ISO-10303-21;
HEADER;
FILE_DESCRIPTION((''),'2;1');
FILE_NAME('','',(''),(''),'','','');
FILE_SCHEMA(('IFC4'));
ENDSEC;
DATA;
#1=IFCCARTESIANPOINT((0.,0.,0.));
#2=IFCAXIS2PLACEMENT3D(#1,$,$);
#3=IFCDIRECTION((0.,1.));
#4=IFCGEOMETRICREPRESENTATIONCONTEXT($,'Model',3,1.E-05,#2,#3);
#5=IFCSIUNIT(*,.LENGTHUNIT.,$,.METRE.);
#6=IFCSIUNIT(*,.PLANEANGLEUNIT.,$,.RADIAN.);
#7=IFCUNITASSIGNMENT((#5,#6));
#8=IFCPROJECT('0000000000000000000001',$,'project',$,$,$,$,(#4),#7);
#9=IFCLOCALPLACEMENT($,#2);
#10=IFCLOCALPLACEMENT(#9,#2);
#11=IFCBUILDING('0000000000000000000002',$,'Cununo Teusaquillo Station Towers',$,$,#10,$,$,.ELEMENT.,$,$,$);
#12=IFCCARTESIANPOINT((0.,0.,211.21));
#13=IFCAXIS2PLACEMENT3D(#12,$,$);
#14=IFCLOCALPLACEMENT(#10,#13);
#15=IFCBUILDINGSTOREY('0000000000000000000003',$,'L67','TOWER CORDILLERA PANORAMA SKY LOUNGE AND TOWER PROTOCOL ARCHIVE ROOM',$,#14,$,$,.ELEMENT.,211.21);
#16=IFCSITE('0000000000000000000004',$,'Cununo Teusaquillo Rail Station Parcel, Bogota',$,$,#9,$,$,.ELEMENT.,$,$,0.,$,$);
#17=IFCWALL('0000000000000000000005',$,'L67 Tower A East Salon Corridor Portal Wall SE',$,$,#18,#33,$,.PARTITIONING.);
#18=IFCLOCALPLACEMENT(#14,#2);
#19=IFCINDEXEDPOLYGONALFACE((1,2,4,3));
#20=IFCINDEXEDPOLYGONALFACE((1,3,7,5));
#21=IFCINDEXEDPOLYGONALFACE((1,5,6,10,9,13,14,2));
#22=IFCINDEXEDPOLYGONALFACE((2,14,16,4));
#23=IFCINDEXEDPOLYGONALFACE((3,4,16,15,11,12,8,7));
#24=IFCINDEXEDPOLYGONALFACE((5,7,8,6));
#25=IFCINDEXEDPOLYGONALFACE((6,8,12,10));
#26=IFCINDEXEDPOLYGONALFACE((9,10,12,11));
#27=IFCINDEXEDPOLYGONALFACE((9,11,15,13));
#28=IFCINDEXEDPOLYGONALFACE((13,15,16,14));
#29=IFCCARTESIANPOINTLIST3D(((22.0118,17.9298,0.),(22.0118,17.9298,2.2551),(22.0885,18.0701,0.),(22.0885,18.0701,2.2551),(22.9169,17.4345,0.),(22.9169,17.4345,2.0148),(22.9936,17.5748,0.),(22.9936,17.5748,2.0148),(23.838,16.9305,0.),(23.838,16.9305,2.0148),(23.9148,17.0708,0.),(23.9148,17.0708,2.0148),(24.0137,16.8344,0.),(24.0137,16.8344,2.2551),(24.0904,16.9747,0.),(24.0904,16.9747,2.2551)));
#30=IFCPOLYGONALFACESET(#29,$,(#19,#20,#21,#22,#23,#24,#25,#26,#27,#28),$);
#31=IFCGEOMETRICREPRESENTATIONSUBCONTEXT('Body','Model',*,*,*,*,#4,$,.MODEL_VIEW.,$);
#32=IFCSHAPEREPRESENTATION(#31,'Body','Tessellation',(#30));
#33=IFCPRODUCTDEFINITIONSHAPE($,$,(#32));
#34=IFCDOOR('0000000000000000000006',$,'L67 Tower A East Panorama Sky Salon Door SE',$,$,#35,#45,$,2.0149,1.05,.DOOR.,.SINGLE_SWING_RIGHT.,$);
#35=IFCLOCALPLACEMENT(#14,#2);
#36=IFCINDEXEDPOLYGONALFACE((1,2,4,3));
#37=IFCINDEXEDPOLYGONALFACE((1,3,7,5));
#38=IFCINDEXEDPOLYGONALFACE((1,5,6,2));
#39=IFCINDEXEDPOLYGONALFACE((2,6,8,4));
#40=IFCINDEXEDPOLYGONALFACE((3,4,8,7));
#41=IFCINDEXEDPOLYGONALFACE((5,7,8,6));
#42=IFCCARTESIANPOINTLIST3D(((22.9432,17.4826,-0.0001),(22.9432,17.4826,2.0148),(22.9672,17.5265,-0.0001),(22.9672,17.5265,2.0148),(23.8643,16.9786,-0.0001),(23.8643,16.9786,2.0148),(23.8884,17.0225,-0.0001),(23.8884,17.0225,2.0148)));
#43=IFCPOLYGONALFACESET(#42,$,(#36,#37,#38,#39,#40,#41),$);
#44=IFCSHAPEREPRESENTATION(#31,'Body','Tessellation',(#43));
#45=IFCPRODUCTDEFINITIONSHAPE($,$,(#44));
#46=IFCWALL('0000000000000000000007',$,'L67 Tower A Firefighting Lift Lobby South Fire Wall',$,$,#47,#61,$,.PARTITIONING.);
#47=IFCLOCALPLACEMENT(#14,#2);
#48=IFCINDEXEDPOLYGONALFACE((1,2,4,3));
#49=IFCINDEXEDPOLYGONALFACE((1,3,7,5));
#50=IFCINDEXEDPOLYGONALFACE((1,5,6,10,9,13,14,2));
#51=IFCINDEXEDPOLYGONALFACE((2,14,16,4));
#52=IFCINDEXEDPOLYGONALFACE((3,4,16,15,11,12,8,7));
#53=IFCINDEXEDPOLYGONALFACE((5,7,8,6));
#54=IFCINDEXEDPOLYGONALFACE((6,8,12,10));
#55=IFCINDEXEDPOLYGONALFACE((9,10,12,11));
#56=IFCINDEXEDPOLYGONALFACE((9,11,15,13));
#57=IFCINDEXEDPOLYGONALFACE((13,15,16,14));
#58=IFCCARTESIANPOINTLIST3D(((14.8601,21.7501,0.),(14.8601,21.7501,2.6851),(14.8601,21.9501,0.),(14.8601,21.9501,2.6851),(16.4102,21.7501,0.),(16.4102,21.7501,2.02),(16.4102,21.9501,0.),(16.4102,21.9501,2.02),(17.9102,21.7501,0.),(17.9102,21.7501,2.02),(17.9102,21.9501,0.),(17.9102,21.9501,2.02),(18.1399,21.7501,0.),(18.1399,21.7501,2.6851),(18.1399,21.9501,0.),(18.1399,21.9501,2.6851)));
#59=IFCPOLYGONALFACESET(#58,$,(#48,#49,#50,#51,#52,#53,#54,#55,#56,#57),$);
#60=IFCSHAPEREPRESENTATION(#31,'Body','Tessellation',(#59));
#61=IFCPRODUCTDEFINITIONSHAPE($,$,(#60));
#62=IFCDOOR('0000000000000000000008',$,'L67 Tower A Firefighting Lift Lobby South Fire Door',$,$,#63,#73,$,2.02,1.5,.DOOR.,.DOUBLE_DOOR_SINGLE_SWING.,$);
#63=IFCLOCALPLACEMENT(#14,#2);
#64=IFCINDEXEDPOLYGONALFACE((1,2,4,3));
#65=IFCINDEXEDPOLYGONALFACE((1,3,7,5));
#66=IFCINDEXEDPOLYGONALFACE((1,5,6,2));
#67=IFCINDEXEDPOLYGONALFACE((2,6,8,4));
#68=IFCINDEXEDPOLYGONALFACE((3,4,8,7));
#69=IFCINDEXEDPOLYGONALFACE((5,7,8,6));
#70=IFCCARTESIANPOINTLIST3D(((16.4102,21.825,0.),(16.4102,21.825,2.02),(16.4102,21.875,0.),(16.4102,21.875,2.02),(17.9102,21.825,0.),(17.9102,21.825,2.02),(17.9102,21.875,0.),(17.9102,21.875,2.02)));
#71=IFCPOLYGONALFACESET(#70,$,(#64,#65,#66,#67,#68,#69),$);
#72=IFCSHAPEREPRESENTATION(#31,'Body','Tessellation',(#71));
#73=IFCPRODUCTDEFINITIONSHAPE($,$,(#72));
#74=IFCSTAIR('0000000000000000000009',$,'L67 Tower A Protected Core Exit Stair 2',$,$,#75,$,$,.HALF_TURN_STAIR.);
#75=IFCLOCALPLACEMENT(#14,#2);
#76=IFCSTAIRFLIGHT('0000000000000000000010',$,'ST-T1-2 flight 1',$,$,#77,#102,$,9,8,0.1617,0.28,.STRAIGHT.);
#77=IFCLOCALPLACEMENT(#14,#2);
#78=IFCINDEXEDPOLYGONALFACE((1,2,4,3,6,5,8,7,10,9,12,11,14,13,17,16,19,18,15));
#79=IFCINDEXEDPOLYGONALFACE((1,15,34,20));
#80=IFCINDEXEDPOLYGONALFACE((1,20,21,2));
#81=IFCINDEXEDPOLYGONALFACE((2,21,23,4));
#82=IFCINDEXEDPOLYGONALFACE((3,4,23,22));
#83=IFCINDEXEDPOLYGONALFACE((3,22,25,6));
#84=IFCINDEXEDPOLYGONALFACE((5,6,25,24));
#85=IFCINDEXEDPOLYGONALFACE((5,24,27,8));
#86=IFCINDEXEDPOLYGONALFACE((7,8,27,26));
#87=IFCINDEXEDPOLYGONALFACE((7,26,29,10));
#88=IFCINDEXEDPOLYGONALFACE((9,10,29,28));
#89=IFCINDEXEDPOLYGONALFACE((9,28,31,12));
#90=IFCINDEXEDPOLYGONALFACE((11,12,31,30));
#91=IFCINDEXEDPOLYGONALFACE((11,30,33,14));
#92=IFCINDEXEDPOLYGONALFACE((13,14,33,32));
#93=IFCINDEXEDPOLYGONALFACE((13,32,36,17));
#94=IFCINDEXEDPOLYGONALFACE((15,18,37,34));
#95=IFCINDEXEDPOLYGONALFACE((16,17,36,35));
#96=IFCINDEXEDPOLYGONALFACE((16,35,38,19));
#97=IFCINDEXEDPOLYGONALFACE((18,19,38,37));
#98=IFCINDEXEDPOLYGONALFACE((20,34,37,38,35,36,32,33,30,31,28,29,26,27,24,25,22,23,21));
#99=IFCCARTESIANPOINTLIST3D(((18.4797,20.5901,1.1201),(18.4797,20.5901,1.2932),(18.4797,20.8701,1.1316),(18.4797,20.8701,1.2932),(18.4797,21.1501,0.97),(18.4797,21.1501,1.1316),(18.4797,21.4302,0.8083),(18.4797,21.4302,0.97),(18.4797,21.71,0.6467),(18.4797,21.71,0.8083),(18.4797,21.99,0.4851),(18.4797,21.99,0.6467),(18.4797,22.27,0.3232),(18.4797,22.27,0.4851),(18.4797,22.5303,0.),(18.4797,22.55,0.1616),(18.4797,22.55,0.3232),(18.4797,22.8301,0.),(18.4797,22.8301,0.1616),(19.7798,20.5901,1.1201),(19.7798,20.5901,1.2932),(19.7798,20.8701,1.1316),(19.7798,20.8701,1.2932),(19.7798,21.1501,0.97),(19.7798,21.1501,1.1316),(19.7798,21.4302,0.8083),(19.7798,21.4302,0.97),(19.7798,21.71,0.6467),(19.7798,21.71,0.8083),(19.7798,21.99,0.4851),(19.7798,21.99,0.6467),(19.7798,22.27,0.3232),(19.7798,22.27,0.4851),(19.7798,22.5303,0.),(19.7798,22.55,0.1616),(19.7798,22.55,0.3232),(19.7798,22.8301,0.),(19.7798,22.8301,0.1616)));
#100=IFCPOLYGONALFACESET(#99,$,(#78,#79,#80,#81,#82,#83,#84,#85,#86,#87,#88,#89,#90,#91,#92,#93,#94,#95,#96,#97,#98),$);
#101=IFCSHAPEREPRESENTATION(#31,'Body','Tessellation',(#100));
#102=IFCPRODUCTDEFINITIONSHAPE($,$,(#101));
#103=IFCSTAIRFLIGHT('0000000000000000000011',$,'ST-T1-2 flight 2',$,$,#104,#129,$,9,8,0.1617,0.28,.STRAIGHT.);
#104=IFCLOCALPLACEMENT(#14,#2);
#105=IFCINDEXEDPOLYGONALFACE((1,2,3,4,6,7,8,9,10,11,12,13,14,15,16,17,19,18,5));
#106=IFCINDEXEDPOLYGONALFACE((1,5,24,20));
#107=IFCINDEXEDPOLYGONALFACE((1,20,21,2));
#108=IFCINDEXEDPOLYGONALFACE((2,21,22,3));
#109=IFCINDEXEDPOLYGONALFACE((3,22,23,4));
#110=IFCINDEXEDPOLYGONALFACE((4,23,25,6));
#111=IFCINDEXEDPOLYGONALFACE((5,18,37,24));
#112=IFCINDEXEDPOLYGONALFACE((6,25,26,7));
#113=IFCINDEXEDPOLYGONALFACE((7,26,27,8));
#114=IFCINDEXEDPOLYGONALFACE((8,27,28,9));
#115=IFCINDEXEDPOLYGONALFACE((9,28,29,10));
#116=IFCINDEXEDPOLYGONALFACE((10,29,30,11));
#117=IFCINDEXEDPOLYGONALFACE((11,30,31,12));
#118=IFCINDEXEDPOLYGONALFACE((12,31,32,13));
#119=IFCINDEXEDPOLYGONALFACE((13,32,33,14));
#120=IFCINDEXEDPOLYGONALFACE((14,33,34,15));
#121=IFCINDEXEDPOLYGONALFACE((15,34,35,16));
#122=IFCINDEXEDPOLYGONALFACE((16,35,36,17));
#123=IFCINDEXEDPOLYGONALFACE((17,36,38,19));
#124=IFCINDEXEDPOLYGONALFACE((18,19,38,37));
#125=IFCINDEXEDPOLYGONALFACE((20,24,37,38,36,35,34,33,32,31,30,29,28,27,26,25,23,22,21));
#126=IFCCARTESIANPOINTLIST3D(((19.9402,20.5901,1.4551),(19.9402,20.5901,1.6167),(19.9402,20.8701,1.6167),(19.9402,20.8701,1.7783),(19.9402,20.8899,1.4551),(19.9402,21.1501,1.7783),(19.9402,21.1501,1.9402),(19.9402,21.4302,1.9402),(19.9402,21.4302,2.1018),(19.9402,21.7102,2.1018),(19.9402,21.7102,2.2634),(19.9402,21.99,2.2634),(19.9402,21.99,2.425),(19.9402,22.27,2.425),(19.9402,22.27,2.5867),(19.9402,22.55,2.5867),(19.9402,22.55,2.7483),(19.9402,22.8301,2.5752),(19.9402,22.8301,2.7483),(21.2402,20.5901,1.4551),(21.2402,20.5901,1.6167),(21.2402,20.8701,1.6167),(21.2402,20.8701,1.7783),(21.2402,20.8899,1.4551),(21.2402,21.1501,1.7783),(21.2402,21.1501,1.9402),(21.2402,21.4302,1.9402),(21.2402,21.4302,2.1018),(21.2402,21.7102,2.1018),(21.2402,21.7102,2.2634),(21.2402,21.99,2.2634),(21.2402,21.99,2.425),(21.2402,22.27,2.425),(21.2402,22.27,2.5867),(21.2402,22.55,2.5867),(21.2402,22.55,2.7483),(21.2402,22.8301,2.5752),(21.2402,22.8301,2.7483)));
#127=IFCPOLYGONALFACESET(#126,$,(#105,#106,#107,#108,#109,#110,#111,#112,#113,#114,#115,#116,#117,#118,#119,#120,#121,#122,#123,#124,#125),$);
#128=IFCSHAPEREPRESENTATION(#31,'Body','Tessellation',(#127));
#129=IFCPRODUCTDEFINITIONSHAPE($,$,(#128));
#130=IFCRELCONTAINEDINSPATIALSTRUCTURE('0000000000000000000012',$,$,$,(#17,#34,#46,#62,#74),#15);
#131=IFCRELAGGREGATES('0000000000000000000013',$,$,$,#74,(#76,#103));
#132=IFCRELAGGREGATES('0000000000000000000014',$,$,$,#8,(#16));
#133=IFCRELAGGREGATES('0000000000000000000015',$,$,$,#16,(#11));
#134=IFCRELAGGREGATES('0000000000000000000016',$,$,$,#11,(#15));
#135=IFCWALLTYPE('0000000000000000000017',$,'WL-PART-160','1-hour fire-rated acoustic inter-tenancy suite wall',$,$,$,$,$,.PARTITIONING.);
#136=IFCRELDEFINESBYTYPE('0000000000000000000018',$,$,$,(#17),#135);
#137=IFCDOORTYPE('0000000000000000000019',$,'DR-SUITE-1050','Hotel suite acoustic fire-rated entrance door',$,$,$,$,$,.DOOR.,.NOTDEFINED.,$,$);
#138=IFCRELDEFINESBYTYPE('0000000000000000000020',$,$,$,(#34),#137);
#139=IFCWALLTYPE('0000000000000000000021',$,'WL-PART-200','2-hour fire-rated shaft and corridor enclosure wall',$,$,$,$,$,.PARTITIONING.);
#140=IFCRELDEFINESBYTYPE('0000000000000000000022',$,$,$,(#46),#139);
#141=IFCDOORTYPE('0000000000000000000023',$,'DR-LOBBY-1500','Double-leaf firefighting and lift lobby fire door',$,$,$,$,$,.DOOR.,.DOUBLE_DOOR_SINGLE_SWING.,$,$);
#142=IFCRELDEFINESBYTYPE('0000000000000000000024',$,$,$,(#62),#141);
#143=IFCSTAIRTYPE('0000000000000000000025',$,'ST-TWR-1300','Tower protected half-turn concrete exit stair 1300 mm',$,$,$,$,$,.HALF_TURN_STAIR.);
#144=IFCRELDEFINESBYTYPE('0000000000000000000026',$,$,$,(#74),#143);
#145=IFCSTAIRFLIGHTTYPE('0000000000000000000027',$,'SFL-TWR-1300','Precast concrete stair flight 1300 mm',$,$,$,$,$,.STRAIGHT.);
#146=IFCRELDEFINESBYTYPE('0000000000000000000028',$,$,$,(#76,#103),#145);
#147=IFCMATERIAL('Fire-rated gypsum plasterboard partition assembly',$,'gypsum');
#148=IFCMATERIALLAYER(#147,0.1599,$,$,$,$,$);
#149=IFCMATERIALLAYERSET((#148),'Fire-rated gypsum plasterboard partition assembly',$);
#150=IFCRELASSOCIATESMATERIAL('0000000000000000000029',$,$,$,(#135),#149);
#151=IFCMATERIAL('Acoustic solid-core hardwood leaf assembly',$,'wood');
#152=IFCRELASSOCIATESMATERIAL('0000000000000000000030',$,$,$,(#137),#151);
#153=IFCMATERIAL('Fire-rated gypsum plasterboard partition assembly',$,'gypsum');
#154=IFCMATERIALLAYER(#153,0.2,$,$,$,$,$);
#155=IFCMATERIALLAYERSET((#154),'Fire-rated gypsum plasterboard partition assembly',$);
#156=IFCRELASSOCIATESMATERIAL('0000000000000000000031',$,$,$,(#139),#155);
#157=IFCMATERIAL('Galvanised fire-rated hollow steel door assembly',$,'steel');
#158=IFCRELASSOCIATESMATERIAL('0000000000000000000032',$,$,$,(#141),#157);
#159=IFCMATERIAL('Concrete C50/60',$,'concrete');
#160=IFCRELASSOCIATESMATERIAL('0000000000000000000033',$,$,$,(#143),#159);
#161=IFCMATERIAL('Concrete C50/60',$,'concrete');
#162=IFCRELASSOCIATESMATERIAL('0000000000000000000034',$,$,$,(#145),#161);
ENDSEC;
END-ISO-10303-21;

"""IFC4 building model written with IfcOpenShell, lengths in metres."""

from ifc_helpers import new_model, si_unit, direction, frame, frame_2d, origin, place, context, subcontext, project, spatial, polyline, rectangle, outline, extrude, source, transform, mapped, material, layer, layer_set, type_object, element, fill, aggregate, save


model = new_model("IFC4")

# Units and contexts
model_context = context("Model", 3, precision=1e-05, world=origin(), true_north=direction((0.0, 1.0)))
body_context = subcontext(model_context, "Body", "Model", "MODEL_VIEW")
ifc_project = project(units=[si_unit("LENGTHUNIT", "METRE"), si_unit("PLANEANGLEUNIT", "RADIAN")], contexts=[model_context])

# Site, building, storey
site_placement = place(None, origin())
site = spatial("IfcSite", under=ifc_project, at=site_placement, Name="Cununo Teusaquillo Rail Station Parcel, Bogota", CompositionType="ELEMENT", RefElevation=0.0)
building_placement = place(site_placement, origin())
building = spatial("IfcBuilding", under=site, at=building_placement, Name="Cununo Teusaquillo Station Towers", CompositionType="ELEMENT")
storey_placement = place(building_placement, frame((0.0, 0.0, 211.21)))
storey = spatial("IfcBuildingStorey", under=building, at=storey_placement, Name="L67", Description="TOWER CORDILLERA PANORAMA SKY LOUNGE AND TOWER PROTOCOL ARCHIVE ROOM", CompositionType="ELEMENT", Elevation=211.21)

# Walls, openings, doors
ifc_material_1 = material(Name="Fire-rated gypsum plasterboard partition assembly", Category="gypsum")
ifc_layer_1 = layer(ifc_material_1, 0.1599)
ifc_layer_set_1 = layer_set([ifc_layer_1], Name="Fire-rated gypsum plasterboard partition assembly")
wall_type_1 = type_object("IfcWallType", Name="WL-PART-160", Description="1-hour fire-rated acoustic inter-tenancy suite wall", PredefinedType="PARTITIONING", material=ifc_layer_set_1)
wall_1_placement = place(storey_placement, frame((22.05, 18.0, 0.0), z_axis=(0.0, 0.0, 1.0), x_axis=(0.877253, -0.480029, 0.0)))
wall_1 = element("IfcWall", 1, at=wall_1_placement, inside=storey, type_object=wall_type_1, Name="L67 Tower A East Salon Corridor Portal Wall SE", PredefinedType="PARTITIONING", context=body_context, shape_type="SweptSolid", body=[
    extrude(rectangle(XDim=2.282, YDim=0.1599, at=frame_2d((1.1411, 0.0))), origin(), (0.0, 0.0, 1.0), 2.2551),
])
shared_shape_1 = source(origin(), body_context, "Body", "SweptSolid", [
    extrude(rectangle(XDim=1.05, YDim=2.0149, at=frame_2d((0.5249, 1.0073))), frame((0.0, 0.0898, 0.0), z_axis=(0.0, -1.0, 0.0), x_axis=(1.0, 0.0, 0.0)), (0.0, 0.0, 1.0), 0.1799),
])
opening_1_placement = place(wall_1_placement, frame((1.032, 0.0, 0.0)))
opening_1 = element("IfcOpeningElement", 2, at=opening_1_placement, cuts=wall_1, PredefinedType="OPENING", context=body_context, shape_type="MappedRepresentation", body=[
    mapped(shared_shape_1, transform((0.0, 0.0, 0.0), x_axis=(1.0, 0.0, 0.0), y_axis=(0.0, 1.0, 0.0), z_axis=(0.0, 0.0, 1.0), scale=1.0)),
])
ifc_material_2 = material(Name="Acoustic solid-core hardwood leaf assembly", Category="wood")
door_type_1 = type_object("IfcDoorType", Name="DR-SUITE-1050", Description="Hotel suite acoustic fire-rated entrance door", OperationType="NOTDEFINED", PredefinedType="DOOR", material=ifc_material_2)
shared_shape_2 = source(origin(), body_context, "Body", "SweptSolid", [
    extrude(rectangle(XDim=1.05, YDim=2.0149, at=frame_2d((0.5249, 1.0073))), frame((0.0, 0.0249, 0.0), z_axis=(0.0, -1.0, 0.0), x_axis=(1.0, 0.0, 0.0)), (0.0, 0.0, 1.0), 0.05),
])
door_1_placement = place(opening_1_placement, origin())
door_1 = element("IfcDoor", 3, at=door_1_placement, inside=storey, type_object=door_type_1, Name="L67 Tower A East Panorama Sky Salon Door SE", OperationType="SINGLE_SWING_RIGHT", OverallHeight=2.0149, OverallWidth=1.05, PredefinedType="DOOR", context=body_context, shape_type="MappedRepresentation", body=[
    mapped(shared_shape_2, transform((0.0, 0.0, 0.0), x_axis=(1.0, 0.0, 0.0), y_axis=(0.0, 1.0, 0.0), z_axis=(0.0, 0.0, 1.0), scale=1.0)),
])
fill(opening_1, door_1)
ifc_material_3 = material(Name="Fire-rated gypsum plasterboard partition assembly", Category="gypsum")
ifc_layer_2 = layer(ifc_material_3, 0.2)
ifc_layer_set_2 = layer_set([ifc_layer_2], Name="Fire-rated gypsum plasterboard partition assembly")
wall_type_2 = type_object("IfcWallType", Name="WL-PART-200", Description="2-hour fire-rated shaft and corridor enclosure wall", PredefinedType="PARTITIONING", material=ifc_layer_set_2)
wall_2_placement = place(storey_placement, frame((14.8601, 21.8501, 0.0), z_axis=(0.0, 0.0, 1.0), x_axis=(1.0, 0.0, 0.0)))
wall_2 = element("IfcWall", 4, at=wall_2_placement, inside=storey, type_object=wall_type_2, Name="L67 Tower A Firefighting Lift Lobby South Fire Wall", PredefinedType="PARTITIONING", context=body_context, shape_type="SweptSolid", body=[
    extrude(rectangle(XDim=3.2798, YDim=0.2, at=frame_2d((1.6399, 0.0))), origin(), (0.0, 0.0, 1.0), 2.6851),
])
shared_shape_3 = source(origin(), body_context, "Body", "SweptSolid", [
    extrude(rectangle(XDim=1.5, YDim=2.02, at=frame_2d((0.75, 1.01))), frame((0.0, 0.1099, 0.0), z_axis=(0.0, -1.0, 0.0), x_axis=(1.0, 0.0, 0.0)), (0.0, 0.0, 1.0), 0.22),
])
opening_2_placement = place(wall_2_placement, frame((1.55, 0.0, 0.0)))
opening_2 = element("IfcOpeningElement", 5, at=opening_2_placement, cuts=wall_2, PredefinedType="OPENING", context=body_context, shape_type="MappedRepresentation", body=[
    mapped(shared_shape_3, transform((0.0, 0.0, 0.0), x_axis=(1.0, 0.0, 0.0), y_axis=(0.0, 1.0, 0.0), z_axis=(0.0, 0.0, 1.0), scale=1.0)),
])
ifc_material_4 = material(Name="Galvanised fire-rated hollow steel door assembly", Category="steel")
door_type_2 = type_object("IfcDoorType", Name="DR-LOBBY-1500", Description="Double-leaf firefighting and lift lobby fire door", OperationType="DOUBLE_DOOR_SINGLE_SWING", PredefinedType="DOOR", material=ifc_material_4)
shared_shape_4 = source(origin(), body_context, "Body", "SweptSolid", [
    extrude(rectangle(XDim=1.5, YDim=2.02, at=frame_2d((0.75, 1.01))), frame((0.0, 0.0249, 0.0), z_axis=(0.0, -1.0, 0.0), x_axis=(1.0, 0.0, 0.0)), (0.0, 0.0, 1.0), 0.05),
])
door_2_placement = place(opening_2_placement, origin())
door_2 = element("IfcDoor", 6, at=door_2_placement, inside=storey, type_object=door_type_2, Name="L67 Tower A Firefighting Lift Lobby South Fire Door", OperationType="DOUBLE_DOOR_SINGLE_SWING", OverallHeight=2.02, OverallWidth=1.5, PredefinedType="DOOR", context=body_context, shape_type="MappedRepresentation", body=[
    mapped(shared_shape_4, transform((0.0, 0.0, 0.0), x_axis=(1.0, 0.0, 0.0), y_axis=(0.0, 1.0, 0.0), z_axis=(0.0, 0.0, 1.0), scale=1.0)),
])
fill(opening_2, door_2)

# Stair, stair flights
ifc_material_5 = material(Name="Concrete C50/60", Category="concrete")
stair_type = type_object("IfcStairType", Name="ST-TWR-1300", Description="Tower protected half-turn concrete exit stair 1300 mm", PredefinedType="HALF_TURN_STAIR", material=ifc_material_5)
stair_placement = place(storey_placement, origin())
stair = element("IfcStair", 7, at=stair_placement, inside=storey, type_object=stair_type, Name="L67 Tower A Protected Core Exit Stair 2", PredefinedType="HALF_TURN_STAIR")
ifc_material_6 = material(Name="Concrete C50/60", Category="concrete")
stair_flight_type = type_object("IfcStairFlightType", Name="SFL-TWR-1300", Description="Precast concrete stair flight 1300 mm", PredefinedType="STRAIGHT", material=ifc_material_6)
stair_flight_1_placement = place(storey_placement, frame((19.1299, 22.8301, 0.0), z_axis=(0.0, 0.0, 1.0), x_axis=(0.0, -1.0, 0.0)))
stair_flight_1 = element("IfcStairFlight", 8, at=stair_flight_1_placement, type_object=stair_flight_type, Name="ST-T1-2 flight 1", NumberOfRisers=9, NumberOfTreads=8, PredefinedType="STRAIGHT", RiserHeight=0.1617, TreadLength=0.28, context=body_context, shape_type="SweptSolid", body=[
    extrude(outline(polyline([(0.0, 0.0), (0.0, 0.1616), (0.28, 0.1616), (0.28, 0.3232), (0.5601, 0.3232), (0.5601, 0.4851), (0.8401, 0.4851), (0.8401, 0.6467), (1.1201, 0.6467), (1.1201, 0.8083), (1.3999, 0.8083), (1.3999, 0.97), (1.6799, 0.97), (1.6799, 1.1316), (1.96, 1.1316), (1.96, 1.2932), (2.24, 1.2932), (2.24, 1.4551), (2.24, 1.1201), (0.2998, 0.0), (0.0, 0.0)])), frame((0.0, 0.6499, 0.0), z_axis=(0.0, -1.0, 0.0), x_axis=(1.0, 0.0, 0.0)), (0.0, 0.0, 1.0), 1.3),
])
stair_flight_2_placement = place(storey_placement, frame((20.5901, 20.5901, 1.4551), z_axis=(0.0, 0.0, 1.0), x_axis=(0.0, 1.0, 0.0)))
stair_flight_2 = element("IfcStairFlight", 9, at=stair_flight_2_placement, type_object=stair_flight_type, Name="ST-T1-2 flight 2", NumberOfRisers=9, NumberOfTreads=8, PredefinedType="STRAIGHT", RiserHeight=0.1617, TreadLength=0.28, context=body_context, shape_type="SweptSolid", body=[
    extrude(outline(polyline([(0.0, 0.0), (0.0, 0.1616), (0.28, 0.1616), (0.28, 0.3232), (0.5601, 0.3232), (0.5601, 0.4851), (0.8401, 0.4851), (0.8401, 0.6467), (1.1201, 0.6467), (1.1201, 0.8083), (1.3999, 0.8083), (1.3999, 0.97), (1.6799, 0.97), (1.6799, 1.1316), (1.96, 1.1316), (1.96, 1.2932), (2.24, 1.2932), (2.24, 1.4551), (2.24, 1.1201), (0.2998, 0.0), (0.0, 0.0)])), frame((0.0, 0.6499, 0.0), z_axis=(0.0, -1.0, 0.0), x_axis=(1.0, 0.0, 0.0)), (0.0, 0.0, 1.0), 1.3),
])
aggregate(stair, [stair_flight_1, stair_flight_2])

save(model, "model.ifc")
